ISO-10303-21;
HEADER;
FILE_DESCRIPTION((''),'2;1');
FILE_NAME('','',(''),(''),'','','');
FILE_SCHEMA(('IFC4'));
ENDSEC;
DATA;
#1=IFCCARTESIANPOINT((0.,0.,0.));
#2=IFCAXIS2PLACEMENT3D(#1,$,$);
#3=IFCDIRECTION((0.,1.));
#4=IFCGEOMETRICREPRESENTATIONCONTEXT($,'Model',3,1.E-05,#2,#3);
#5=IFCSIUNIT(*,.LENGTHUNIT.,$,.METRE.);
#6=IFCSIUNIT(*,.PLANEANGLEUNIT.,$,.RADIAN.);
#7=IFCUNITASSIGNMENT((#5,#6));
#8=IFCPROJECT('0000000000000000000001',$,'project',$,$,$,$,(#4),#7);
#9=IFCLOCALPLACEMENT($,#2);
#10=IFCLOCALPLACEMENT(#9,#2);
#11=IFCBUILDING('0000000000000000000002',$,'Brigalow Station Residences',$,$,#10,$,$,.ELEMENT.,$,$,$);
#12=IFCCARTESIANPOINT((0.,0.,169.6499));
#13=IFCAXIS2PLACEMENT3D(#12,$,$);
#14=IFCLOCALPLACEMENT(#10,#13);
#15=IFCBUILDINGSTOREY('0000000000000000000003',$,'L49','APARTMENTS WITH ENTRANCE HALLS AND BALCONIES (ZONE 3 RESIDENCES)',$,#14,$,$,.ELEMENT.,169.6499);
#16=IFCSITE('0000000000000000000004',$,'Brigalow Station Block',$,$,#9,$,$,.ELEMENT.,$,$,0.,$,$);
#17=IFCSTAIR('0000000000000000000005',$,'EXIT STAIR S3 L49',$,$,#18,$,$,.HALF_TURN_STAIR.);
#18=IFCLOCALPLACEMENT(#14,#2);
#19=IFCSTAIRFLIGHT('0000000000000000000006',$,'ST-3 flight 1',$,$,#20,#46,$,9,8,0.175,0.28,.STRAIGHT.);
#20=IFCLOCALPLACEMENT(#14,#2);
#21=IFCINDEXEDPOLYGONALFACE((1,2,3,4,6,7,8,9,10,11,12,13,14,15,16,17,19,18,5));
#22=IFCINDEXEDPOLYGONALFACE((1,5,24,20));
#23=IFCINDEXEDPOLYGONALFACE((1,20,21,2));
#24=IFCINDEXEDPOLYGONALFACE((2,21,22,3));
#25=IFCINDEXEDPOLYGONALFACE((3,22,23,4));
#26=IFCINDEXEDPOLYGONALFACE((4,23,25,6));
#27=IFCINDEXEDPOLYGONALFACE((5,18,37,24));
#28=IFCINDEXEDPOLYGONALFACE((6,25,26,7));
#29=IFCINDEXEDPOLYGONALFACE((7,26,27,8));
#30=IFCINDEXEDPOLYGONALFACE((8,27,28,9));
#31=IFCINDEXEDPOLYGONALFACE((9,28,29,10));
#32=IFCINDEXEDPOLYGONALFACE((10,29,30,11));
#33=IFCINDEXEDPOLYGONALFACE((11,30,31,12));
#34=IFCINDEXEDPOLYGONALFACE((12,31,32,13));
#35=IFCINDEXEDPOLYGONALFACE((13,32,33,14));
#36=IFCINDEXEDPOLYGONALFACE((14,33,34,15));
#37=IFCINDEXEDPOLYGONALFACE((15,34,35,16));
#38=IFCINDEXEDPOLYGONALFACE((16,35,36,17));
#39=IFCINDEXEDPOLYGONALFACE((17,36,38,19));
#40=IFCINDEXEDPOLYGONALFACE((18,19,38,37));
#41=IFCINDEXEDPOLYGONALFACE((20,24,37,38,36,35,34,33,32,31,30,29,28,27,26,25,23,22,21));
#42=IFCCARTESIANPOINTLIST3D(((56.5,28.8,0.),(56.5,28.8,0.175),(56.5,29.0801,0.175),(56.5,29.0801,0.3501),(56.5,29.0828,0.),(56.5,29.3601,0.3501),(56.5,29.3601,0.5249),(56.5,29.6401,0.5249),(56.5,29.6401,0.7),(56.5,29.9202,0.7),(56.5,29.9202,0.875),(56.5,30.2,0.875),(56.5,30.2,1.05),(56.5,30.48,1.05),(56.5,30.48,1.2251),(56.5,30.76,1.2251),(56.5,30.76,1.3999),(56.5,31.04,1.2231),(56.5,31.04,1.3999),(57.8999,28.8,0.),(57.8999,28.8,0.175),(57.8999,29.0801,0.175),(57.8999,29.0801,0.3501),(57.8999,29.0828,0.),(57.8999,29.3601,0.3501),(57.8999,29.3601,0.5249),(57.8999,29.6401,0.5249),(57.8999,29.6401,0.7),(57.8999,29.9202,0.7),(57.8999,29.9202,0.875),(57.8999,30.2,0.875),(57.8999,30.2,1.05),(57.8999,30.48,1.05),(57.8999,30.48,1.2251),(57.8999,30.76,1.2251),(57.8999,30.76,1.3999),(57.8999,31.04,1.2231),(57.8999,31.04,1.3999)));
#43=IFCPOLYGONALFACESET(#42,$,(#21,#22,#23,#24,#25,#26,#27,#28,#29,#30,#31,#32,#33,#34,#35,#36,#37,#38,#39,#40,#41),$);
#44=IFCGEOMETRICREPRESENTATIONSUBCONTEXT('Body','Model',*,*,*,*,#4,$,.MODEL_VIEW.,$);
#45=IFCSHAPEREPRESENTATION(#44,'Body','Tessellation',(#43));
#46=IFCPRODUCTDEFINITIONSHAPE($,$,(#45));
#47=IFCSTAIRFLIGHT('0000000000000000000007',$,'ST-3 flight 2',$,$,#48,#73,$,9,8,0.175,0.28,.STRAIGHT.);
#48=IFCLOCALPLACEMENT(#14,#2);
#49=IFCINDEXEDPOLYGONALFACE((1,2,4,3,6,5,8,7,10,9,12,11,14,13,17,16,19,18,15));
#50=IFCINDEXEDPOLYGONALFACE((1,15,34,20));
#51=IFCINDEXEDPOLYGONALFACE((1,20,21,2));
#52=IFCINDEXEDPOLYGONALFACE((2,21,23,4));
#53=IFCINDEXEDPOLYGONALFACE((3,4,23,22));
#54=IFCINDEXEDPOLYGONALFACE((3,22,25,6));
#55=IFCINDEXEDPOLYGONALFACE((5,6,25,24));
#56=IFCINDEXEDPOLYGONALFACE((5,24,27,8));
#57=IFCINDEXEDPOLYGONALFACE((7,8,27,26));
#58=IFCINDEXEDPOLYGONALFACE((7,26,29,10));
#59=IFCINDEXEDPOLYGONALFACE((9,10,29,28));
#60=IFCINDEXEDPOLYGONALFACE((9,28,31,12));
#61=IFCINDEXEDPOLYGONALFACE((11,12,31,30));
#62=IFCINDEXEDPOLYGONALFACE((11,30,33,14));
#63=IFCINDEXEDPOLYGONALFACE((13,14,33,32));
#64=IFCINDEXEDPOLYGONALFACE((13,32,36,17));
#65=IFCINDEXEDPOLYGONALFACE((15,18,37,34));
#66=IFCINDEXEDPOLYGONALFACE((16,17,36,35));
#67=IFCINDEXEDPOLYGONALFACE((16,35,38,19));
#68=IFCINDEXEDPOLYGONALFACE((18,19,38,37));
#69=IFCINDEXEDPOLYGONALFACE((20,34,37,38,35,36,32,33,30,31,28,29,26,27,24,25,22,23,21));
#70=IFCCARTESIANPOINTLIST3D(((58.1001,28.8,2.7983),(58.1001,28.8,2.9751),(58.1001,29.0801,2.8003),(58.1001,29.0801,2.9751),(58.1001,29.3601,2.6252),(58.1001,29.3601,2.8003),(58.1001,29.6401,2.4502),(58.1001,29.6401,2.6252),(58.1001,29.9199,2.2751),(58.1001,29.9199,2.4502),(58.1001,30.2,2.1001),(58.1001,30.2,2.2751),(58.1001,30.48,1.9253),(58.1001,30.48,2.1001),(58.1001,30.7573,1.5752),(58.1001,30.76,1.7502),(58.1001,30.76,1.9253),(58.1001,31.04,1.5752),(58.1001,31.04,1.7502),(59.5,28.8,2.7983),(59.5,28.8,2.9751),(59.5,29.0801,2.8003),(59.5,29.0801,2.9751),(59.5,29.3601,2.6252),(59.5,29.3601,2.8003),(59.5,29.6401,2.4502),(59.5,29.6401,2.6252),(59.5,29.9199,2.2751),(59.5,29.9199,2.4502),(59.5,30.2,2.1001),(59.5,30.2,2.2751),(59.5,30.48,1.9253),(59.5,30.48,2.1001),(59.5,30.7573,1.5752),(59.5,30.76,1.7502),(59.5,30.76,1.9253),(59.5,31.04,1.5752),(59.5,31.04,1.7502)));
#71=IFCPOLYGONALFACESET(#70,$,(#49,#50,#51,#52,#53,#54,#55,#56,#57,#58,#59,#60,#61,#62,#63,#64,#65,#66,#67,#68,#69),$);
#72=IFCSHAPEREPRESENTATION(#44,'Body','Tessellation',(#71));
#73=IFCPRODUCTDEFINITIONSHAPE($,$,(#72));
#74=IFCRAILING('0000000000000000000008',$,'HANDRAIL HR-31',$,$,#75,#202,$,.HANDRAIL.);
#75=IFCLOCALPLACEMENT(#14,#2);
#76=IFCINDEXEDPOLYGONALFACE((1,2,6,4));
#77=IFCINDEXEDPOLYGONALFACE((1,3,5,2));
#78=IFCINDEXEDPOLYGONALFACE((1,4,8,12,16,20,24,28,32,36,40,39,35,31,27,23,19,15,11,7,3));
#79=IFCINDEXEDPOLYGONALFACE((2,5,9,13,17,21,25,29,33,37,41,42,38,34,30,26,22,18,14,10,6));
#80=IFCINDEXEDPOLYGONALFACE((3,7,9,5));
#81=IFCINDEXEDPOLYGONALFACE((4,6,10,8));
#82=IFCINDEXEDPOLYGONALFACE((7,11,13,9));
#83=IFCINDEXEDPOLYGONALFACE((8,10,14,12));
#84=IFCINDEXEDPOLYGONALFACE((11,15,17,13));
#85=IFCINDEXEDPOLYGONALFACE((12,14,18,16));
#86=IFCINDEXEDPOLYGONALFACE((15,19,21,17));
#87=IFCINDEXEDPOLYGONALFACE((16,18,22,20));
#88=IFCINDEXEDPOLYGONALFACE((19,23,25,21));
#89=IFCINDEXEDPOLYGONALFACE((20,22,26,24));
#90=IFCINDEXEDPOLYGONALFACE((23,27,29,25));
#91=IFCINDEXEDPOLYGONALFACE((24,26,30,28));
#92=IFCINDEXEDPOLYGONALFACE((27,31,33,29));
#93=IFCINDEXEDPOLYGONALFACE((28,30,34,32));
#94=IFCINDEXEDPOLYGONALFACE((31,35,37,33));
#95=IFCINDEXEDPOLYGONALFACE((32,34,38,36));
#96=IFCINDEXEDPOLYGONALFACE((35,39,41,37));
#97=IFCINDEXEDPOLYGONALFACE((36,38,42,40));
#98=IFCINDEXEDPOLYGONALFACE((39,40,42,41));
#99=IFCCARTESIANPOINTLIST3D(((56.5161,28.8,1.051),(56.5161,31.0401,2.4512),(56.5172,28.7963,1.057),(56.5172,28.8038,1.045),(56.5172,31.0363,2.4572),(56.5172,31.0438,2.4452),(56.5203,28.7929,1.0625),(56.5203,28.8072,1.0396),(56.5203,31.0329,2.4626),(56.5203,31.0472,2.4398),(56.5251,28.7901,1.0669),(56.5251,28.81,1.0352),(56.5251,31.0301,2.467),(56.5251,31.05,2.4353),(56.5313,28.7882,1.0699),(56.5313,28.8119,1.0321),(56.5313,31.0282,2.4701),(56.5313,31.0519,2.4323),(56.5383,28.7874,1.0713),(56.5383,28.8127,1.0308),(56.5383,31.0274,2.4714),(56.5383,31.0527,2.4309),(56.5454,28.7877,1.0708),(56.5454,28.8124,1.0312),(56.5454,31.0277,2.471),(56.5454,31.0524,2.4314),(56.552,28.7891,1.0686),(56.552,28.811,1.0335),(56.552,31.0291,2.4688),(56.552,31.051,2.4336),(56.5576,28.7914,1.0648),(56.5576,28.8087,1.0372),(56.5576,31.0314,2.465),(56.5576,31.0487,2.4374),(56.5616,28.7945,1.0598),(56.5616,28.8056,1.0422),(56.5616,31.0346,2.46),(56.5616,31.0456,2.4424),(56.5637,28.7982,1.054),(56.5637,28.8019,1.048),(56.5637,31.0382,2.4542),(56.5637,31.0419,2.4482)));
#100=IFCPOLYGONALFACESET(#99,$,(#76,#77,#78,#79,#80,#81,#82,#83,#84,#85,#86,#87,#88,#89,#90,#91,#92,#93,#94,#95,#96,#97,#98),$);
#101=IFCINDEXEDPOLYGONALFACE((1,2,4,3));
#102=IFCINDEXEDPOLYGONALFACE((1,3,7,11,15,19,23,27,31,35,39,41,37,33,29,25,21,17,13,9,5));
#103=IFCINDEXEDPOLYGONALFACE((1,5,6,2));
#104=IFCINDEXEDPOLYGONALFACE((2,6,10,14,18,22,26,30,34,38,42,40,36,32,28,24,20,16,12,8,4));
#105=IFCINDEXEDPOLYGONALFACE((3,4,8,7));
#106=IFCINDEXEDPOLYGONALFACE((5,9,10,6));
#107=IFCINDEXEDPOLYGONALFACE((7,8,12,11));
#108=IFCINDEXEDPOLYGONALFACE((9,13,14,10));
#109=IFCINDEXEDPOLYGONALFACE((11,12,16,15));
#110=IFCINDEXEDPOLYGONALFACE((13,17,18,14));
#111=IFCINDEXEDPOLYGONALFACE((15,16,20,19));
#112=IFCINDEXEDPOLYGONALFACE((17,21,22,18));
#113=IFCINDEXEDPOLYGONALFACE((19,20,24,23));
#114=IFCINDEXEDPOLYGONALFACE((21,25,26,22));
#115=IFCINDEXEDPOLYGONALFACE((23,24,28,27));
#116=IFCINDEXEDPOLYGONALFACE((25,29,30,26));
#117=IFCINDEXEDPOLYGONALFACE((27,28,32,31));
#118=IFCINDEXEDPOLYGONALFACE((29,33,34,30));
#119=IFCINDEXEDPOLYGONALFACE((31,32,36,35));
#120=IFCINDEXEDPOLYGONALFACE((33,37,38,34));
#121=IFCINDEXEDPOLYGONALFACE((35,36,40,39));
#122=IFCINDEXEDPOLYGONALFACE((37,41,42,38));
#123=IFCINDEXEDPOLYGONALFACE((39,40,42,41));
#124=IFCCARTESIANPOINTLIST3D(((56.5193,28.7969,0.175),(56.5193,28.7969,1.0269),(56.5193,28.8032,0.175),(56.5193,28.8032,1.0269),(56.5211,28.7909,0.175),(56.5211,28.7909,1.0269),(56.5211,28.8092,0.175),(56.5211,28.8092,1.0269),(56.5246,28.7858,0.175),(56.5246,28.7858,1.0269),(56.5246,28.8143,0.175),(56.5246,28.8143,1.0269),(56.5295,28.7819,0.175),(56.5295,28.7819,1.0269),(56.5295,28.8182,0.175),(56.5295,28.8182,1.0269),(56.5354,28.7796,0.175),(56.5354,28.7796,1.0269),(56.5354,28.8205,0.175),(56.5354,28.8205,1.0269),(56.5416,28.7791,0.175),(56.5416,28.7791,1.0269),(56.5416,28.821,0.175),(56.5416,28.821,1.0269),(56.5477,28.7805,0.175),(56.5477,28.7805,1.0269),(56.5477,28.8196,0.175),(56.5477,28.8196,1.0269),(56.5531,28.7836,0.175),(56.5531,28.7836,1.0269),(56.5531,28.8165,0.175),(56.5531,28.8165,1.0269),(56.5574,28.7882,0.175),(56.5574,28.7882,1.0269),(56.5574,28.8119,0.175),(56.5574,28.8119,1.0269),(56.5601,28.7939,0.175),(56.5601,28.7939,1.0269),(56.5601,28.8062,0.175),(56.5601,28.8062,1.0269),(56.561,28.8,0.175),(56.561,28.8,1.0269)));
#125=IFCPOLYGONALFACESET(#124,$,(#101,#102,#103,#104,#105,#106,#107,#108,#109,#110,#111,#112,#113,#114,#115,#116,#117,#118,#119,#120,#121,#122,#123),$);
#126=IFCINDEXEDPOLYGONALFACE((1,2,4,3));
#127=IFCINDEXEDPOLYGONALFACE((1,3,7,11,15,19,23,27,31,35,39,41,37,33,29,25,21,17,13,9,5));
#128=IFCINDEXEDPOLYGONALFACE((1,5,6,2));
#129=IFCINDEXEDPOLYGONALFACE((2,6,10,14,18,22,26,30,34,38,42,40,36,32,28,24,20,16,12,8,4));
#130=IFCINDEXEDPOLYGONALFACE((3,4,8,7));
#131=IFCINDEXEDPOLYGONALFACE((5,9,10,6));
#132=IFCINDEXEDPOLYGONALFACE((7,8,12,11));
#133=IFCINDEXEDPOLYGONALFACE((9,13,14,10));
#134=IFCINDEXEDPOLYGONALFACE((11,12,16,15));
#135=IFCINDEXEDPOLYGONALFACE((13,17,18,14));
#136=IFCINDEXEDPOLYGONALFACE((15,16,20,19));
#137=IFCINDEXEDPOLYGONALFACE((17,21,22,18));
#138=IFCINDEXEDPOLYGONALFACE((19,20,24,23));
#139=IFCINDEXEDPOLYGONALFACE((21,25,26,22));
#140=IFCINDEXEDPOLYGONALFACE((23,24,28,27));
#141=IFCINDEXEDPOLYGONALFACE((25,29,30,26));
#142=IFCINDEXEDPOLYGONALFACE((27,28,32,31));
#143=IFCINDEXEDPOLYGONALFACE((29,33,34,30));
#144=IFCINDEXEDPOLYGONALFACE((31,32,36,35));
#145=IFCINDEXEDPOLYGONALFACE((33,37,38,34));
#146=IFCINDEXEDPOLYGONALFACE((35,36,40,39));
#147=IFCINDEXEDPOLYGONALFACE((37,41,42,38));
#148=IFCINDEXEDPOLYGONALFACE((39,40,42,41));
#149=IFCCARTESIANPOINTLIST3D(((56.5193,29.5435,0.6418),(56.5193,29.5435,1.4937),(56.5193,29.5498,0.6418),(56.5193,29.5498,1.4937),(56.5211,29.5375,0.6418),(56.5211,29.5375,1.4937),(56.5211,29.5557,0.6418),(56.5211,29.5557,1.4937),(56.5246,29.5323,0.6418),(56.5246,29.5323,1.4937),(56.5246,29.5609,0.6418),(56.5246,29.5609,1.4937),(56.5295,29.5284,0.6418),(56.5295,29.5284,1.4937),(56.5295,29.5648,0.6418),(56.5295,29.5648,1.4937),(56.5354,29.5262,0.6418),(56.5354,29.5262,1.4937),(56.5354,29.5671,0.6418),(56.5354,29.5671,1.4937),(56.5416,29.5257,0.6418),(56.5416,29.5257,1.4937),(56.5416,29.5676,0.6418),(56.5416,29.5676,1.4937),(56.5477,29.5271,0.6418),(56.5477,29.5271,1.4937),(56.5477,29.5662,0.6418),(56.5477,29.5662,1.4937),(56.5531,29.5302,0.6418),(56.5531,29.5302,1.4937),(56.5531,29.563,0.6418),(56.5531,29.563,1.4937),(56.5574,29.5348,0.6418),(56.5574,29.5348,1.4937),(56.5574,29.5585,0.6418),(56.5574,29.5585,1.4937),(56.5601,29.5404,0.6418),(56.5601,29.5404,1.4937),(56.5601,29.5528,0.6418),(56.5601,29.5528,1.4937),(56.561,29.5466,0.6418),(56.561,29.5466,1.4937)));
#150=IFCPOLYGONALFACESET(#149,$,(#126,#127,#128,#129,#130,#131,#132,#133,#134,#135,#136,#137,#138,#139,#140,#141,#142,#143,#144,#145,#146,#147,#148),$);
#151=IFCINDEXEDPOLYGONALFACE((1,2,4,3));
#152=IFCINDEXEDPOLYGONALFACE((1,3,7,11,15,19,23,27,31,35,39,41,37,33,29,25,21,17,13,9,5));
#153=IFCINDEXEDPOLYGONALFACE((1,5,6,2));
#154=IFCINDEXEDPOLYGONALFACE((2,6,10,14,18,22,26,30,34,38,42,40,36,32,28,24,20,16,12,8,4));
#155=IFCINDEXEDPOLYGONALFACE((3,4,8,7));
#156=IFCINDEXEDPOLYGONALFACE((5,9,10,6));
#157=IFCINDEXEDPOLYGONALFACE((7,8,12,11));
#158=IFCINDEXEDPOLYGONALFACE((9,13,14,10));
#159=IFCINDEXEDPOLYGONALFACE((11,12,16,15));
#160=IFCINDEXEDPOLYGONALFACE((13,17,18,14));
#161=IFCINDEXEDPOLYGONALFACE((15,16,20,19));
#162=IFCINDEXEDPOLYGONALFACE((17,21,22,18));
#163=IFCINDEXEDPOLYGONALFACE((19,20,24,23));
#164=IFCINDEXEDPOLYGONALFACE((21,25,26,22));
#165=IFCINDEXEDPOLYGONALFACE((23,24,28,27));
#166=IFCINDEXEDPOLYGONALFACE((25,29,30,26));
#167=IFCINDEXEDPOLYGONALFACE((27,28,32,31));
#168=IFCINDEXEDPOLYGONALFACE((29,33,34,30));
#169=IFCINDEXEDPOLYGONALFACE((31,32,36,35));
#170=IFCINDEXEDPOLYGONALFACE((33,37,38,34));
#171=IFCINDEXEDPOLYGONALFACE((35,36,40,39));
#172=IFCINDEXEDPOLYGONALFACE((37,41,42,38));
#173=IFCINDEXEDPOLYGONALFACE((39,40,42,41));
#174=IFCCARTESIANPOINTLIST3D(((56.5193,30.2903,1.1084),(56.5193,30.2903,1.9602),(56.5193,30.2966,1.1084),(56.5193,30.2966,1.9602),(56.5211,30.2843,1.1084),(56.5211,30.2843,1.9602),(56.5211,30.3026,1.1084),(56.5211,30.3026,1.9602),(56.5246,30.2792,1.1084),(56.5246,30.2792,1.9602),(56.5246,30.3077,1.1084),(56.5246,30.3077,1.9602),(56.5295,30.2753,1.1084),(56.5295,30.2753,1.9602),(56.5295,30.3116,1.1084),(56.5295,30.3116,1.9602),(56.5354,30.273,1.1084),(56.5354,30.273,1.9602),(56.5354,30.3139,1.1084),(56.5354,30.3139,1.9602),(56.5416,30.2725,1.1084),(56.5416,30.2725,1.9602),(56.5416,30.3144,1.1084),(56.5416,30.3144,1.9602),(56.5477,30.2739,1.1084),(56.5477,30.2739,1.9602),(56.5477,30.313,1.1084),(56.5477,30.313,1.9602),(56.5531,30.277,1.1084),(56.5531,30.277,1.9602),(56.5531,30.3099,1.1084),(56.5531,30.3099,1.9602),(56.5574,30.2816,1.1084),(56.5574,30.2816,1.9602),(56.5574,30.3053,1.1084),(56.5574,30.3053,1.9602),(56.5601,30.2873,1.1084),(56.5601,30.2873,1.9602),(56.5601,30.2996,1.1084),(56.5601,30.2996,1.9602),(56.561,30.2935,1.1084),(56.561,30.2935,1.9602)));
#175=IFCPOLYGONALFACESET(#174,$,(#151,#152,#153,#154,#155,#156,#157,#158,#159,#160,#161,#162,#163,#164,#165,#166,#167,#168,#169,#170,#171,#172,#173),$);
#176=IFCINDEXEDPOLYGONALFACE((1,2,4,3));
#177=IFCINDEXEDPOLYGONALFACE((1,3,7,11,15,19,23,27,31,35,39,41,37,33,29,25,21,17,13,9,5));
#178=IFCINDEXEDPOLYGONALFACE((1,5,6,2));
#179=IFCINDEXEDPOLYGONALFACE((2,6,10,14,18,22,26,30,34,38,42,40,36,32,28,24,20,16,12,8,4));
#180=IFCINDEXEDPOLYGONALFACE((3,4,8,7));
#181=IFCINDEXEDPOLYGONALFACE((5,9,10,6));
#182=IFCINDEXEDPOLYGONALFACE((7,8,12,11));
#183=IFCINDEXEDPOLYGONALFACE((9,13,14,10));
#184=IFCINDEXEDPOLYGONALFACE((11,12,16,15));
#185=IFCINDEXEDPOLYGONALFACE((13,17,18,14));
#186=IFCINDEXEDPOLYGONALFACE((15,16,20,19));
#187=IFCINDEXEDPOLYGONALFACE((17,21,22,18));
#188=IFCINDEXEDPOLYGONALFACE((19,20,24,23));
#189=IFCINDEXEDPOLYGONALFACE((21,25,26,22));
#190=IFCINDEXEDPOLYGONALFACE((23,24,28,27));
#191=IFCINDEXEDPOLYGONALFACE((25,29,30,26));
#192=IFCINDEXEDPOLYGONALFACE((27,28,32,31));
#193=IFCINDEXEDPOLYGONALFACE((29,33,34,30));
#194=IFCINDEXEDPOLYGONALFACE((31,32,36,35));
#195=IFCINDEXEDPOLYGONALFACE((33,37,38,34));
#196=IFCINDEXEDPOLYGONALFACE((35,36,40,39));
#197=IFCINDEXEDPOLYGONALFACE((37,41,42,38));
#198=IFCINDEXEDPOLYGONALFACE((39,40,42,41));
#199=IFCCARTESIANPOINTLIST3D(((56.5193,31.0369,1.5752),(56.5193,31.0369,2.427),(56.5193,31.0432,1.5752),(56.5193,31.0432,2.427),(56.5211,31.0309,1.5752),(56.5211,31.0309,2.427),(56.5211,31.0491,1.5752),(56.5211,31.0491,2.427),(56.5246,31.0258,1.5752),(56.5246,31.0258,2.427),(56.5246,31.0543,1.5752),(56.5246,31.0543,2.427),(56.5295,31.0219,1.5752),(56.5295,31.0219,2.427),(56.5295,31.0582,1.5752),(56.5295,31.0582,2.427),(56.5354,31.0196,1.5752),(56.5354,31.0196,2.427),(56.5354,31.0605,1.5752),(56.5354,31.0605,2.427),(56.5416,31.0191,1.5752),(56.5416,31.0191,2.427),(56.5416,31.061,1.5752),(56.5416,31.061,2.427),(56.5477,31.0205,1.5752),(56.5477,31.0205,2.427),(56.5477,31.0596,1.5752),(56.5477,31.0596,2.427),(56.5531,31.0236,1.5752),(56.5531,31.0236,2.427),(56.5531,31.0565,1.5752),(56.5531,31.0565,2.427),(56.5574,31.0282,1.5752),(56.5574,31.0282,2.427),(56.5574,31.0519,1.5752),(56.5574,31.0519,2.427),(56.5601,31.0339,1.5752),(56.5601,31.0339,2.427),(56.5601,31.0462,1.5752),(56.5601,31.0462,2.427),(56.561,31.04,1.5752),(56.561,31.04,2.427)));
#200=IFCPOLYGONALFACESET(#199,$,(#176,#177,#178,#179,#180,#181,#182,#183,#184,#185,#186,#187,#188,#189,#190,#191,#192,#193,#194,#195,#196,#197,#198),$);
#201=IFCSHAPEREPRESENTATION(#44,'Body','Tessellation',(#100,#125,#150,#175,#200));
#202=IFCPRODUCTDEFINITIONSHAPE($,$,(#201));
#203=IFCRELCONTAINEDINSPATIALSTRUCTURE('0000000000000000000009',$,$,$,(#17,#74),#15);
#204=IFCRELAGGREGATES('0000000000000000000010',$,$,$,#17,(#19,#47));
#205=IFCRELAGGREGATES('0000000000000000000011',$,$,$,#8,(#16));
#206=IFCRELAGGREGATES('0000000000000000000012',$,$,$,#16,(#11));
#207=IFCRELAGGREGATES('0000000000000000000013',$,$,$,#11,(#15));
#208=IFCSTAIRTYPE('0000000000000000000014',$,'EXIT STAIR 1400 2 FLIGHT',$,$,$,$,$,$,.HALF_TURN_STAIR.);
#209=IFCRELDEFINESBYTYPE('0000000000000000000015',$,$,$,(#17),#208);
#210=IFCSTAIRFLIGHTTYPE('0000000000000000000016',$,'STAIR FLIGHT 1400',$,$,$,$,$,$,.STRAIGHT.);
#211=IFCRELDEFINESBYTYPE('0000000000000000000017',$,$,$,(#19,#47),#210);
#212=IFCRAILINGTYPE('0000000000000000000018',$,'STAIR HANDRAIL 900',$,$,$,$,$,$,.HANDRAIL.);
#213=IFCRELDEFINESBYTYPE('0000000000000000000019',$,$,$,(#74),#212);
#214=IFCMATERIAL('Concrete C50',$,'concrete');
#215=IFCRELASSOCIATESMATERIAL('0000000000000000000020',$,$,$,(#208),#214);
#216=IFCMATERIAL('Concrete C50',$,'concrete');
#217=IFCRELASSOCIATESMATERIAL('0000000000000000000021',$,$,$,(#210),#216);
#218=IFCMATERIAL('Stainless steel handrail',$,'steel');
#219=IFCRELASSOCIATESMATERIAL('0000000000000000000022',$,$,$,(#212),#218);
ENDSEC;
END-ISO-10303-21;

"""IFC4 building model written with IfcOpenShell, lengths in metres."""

from ifc_helpers import new_model, si_unit, direction, frame, origin, origin_2d, place, context, subcontext, project, spatial, polyline, circle, outline, extrude, material, type_object, element, aggregate, save


model = new_model("IFC4")

# Units and contexts
model_context = context("Model", 3, precision=1e-05, world=origin(), true_north=direction((0.0, 1.0)))
body_context = subcontext(model_context, "Body", "Model", "MODEL_VIEW")
ifc_project = project(units=[si_unit("LENGTHUNIT", "METRE"), si_unit("PLANEANGLEUNIT", "RADIAN")], contexts=[model_context])

# Site, building, storey
site_placement = place(None, origin())
site = spatial("IfcSite", under=ifc_project, at=site_placement, Name="Brigalow Station Block", CompositionType="ELEMENT", RefElevation=0.0)
building_placement = place(site_placement, origin())
building = spatial("IfcBuilding", under=site, at=building_placement, Name="Brigalow Station Residences", CompositionType="ELEMENT")
storey_placement = place(building_placement, frame((0.0, 0.0, 169.6499)))
storey = spatial("IfcBuildingStorey", under=building, at=storey_placement, Name="L49", Description="APARTMENTS WITH ENTRANCE HALLS AND BALCONIES (ZONE 3 RESIDENCES)", CompositionType="ELEMENT", Elevation=169.6499)

# Stair, stair flights
ifc_material_1 = material(Name="Concrete C50", Category="concrete")
stair_type = type_object("IfcStairType", Name="EXIT STAIR 1400 2 FLIGHT", PredefinedType="HALF_TURN_STAIR", material=ifc_material_1)
stair_placement = place(storey_placement, origin())
stair = element("IfcStair", 1, at=stair_placement, inside=storey, type_object=stair_type, Name="EXIT STAIR S3 L49", PredefinedType="HALF_TURN_STAIR")
ifc_material_2 = material(Name="Concrete C50", Category="concrete")
stair_flight_type = type_object("IfcStairFlightType", Name="STAIR FLIGHT 1400", PredefinedType="STRAIGHT", material=ifc_material_2)
stair_flight_1_placement = place(storey_placement, frame((57.2, 28.8, 0.0), z_axis=(0.0, 0.0, 1.0), x_axis=(0.0, 1.0, 0.0)))
stair_flight_1 = element("IfcStairFlight", 2, at=stair_flight_1_placement, type_object=stair_flight_type, Name="ST-3 flight 1", NumberOfRisers=9, NumberOfTreads=8, PredefinedType="STRAIGHT", RiserHeight=0.175, TreadLength=0.28, context=body_context, shape_type="SweptSolid", body=[
    extrude(outline(polyline([(0.0, 0.0), (0.0, 0.175), (0.28, 0.175), (0.28, 0.3501), (0.5601, 0.3501), (0.5601, 0.5249), (0.8401, 0.5249), (0.8401, 0.7), (1.1201, 0.7), (1.1201, 0.875), (1.3999, 0.875), (1.3999, 1.05), (1.6799, 1.05), (1.6799, 1.2251), (1.96, 1.2251), (1.96, 1.3999), (2.24, 1.3999), (2.24, 1.575), (2.24, 1.2231), (0.2827, 0.0), (0.0, 0.0)])), frame((0.0, 0.7, 0.0), z_axis=(0.0, -1.0, 0.0), x_axis=(1.0, 0.0, 0.0)), (0.0, 0.0, 1.0), 1.3999),
])
stair_flight_2_placement = place(storey_placement, frame((58.8, 31.04, 1.5752), z_axis=(0.0, 0.0, 1.0), x_axis=(0.0, -1.0, 0.0)))
stair_flight_2 = element("IfcStairFlight", 3, at=stair_flight_2_placement, type_object=stair_flight_type, Name="ST-3 flight 2", NumberOfRisers=9, NumberOfTreads=8, PredefinedType="STRAIGHT", RiserHeight=0.175, TreadLength=0.28, context=body_context, shape_type="SweptSolid", body=[
    extrude(outline(polyline([(0.0, 0.0), (0.0, 0.175), (0.28, 0.175), (0.28, 0.3501), (0.5601, 0.3501), (0.5601, 0.5249), (0.8401, 0.5249), (0.8401, 0.7), (1.1201, 0.7), (1.1201, 0.875), (1.3999, 0.875), (1.3999, 1.05), (1.6799, 1.05), (1.6799, 1.2251), (1.96, 1.2251), (1.96, 1.3999), (2.24, 1.3999), (2.24, 1.575), (2.24, 1.2231), (0.2827, 0.0), (0.0, 0.0)])), frame((0.0, 0.7, 0.0), z_axis=(0.0, -1.0, 0.0), x_axis=(1.0, 0.0, 0.0)), (0.0, 0.0, 1.0), 1.3999),
])
aggregate(stair, [stair_flight_1, stair_flight_2])

# Railing
ifc_material_3 = material(Name="Stainless steel handrail", Category="steel")
railing_type_1 = type_object("IfcRailingType", Name="STAIR HANDRAIL 900", PredefinedType="HANDRAIL", material=ifc_material_3)
railing_1_placement = place(storey_placement, frame((56.54, 28.8, 0.175)))
element("IfcRailing", 4, at=railing_1_placement, inside=storey, type_object=railing_type_1, Name="HANDRAIL HR-31", PredefinedType="HANDRAIL", context=body_context, shape_type="SweptSolid", body=[
    extrude(circle(Radius=0.0239, at=origin_2d()), frame((0.0, 0.0, 0.876), z_axis=(0.0, 0.847972, 0.53004), x_axis=(-1.0, 0.0, 0.0)), (0.0, 0.0, 1.0), 2.6416),
    extrude(circle(Radius=0.021, at=origin_2d()), origin(), (0.0, 0.0, 1.0), 0.8518),
    extrude(circle(Radius=0.021, at=origin_2d()), frame((0.0, 0.7466, 0.4668)), (0.0, 0.0, 1.0), 0.8518),
    extrude(circle(Radius=0.021, at=origin_2d()), frame((0.0, 1.4934, 0.9333)), (0.0, 0.0, 1.0), 0.8518),
    extrude(circle(Radius=0.021, at=origin_2d()), frame((0.0, 2.24, 1.4001)), (0.0, 0.0, 1.0), 0.8518),
])

save(model, "model.ifc")
